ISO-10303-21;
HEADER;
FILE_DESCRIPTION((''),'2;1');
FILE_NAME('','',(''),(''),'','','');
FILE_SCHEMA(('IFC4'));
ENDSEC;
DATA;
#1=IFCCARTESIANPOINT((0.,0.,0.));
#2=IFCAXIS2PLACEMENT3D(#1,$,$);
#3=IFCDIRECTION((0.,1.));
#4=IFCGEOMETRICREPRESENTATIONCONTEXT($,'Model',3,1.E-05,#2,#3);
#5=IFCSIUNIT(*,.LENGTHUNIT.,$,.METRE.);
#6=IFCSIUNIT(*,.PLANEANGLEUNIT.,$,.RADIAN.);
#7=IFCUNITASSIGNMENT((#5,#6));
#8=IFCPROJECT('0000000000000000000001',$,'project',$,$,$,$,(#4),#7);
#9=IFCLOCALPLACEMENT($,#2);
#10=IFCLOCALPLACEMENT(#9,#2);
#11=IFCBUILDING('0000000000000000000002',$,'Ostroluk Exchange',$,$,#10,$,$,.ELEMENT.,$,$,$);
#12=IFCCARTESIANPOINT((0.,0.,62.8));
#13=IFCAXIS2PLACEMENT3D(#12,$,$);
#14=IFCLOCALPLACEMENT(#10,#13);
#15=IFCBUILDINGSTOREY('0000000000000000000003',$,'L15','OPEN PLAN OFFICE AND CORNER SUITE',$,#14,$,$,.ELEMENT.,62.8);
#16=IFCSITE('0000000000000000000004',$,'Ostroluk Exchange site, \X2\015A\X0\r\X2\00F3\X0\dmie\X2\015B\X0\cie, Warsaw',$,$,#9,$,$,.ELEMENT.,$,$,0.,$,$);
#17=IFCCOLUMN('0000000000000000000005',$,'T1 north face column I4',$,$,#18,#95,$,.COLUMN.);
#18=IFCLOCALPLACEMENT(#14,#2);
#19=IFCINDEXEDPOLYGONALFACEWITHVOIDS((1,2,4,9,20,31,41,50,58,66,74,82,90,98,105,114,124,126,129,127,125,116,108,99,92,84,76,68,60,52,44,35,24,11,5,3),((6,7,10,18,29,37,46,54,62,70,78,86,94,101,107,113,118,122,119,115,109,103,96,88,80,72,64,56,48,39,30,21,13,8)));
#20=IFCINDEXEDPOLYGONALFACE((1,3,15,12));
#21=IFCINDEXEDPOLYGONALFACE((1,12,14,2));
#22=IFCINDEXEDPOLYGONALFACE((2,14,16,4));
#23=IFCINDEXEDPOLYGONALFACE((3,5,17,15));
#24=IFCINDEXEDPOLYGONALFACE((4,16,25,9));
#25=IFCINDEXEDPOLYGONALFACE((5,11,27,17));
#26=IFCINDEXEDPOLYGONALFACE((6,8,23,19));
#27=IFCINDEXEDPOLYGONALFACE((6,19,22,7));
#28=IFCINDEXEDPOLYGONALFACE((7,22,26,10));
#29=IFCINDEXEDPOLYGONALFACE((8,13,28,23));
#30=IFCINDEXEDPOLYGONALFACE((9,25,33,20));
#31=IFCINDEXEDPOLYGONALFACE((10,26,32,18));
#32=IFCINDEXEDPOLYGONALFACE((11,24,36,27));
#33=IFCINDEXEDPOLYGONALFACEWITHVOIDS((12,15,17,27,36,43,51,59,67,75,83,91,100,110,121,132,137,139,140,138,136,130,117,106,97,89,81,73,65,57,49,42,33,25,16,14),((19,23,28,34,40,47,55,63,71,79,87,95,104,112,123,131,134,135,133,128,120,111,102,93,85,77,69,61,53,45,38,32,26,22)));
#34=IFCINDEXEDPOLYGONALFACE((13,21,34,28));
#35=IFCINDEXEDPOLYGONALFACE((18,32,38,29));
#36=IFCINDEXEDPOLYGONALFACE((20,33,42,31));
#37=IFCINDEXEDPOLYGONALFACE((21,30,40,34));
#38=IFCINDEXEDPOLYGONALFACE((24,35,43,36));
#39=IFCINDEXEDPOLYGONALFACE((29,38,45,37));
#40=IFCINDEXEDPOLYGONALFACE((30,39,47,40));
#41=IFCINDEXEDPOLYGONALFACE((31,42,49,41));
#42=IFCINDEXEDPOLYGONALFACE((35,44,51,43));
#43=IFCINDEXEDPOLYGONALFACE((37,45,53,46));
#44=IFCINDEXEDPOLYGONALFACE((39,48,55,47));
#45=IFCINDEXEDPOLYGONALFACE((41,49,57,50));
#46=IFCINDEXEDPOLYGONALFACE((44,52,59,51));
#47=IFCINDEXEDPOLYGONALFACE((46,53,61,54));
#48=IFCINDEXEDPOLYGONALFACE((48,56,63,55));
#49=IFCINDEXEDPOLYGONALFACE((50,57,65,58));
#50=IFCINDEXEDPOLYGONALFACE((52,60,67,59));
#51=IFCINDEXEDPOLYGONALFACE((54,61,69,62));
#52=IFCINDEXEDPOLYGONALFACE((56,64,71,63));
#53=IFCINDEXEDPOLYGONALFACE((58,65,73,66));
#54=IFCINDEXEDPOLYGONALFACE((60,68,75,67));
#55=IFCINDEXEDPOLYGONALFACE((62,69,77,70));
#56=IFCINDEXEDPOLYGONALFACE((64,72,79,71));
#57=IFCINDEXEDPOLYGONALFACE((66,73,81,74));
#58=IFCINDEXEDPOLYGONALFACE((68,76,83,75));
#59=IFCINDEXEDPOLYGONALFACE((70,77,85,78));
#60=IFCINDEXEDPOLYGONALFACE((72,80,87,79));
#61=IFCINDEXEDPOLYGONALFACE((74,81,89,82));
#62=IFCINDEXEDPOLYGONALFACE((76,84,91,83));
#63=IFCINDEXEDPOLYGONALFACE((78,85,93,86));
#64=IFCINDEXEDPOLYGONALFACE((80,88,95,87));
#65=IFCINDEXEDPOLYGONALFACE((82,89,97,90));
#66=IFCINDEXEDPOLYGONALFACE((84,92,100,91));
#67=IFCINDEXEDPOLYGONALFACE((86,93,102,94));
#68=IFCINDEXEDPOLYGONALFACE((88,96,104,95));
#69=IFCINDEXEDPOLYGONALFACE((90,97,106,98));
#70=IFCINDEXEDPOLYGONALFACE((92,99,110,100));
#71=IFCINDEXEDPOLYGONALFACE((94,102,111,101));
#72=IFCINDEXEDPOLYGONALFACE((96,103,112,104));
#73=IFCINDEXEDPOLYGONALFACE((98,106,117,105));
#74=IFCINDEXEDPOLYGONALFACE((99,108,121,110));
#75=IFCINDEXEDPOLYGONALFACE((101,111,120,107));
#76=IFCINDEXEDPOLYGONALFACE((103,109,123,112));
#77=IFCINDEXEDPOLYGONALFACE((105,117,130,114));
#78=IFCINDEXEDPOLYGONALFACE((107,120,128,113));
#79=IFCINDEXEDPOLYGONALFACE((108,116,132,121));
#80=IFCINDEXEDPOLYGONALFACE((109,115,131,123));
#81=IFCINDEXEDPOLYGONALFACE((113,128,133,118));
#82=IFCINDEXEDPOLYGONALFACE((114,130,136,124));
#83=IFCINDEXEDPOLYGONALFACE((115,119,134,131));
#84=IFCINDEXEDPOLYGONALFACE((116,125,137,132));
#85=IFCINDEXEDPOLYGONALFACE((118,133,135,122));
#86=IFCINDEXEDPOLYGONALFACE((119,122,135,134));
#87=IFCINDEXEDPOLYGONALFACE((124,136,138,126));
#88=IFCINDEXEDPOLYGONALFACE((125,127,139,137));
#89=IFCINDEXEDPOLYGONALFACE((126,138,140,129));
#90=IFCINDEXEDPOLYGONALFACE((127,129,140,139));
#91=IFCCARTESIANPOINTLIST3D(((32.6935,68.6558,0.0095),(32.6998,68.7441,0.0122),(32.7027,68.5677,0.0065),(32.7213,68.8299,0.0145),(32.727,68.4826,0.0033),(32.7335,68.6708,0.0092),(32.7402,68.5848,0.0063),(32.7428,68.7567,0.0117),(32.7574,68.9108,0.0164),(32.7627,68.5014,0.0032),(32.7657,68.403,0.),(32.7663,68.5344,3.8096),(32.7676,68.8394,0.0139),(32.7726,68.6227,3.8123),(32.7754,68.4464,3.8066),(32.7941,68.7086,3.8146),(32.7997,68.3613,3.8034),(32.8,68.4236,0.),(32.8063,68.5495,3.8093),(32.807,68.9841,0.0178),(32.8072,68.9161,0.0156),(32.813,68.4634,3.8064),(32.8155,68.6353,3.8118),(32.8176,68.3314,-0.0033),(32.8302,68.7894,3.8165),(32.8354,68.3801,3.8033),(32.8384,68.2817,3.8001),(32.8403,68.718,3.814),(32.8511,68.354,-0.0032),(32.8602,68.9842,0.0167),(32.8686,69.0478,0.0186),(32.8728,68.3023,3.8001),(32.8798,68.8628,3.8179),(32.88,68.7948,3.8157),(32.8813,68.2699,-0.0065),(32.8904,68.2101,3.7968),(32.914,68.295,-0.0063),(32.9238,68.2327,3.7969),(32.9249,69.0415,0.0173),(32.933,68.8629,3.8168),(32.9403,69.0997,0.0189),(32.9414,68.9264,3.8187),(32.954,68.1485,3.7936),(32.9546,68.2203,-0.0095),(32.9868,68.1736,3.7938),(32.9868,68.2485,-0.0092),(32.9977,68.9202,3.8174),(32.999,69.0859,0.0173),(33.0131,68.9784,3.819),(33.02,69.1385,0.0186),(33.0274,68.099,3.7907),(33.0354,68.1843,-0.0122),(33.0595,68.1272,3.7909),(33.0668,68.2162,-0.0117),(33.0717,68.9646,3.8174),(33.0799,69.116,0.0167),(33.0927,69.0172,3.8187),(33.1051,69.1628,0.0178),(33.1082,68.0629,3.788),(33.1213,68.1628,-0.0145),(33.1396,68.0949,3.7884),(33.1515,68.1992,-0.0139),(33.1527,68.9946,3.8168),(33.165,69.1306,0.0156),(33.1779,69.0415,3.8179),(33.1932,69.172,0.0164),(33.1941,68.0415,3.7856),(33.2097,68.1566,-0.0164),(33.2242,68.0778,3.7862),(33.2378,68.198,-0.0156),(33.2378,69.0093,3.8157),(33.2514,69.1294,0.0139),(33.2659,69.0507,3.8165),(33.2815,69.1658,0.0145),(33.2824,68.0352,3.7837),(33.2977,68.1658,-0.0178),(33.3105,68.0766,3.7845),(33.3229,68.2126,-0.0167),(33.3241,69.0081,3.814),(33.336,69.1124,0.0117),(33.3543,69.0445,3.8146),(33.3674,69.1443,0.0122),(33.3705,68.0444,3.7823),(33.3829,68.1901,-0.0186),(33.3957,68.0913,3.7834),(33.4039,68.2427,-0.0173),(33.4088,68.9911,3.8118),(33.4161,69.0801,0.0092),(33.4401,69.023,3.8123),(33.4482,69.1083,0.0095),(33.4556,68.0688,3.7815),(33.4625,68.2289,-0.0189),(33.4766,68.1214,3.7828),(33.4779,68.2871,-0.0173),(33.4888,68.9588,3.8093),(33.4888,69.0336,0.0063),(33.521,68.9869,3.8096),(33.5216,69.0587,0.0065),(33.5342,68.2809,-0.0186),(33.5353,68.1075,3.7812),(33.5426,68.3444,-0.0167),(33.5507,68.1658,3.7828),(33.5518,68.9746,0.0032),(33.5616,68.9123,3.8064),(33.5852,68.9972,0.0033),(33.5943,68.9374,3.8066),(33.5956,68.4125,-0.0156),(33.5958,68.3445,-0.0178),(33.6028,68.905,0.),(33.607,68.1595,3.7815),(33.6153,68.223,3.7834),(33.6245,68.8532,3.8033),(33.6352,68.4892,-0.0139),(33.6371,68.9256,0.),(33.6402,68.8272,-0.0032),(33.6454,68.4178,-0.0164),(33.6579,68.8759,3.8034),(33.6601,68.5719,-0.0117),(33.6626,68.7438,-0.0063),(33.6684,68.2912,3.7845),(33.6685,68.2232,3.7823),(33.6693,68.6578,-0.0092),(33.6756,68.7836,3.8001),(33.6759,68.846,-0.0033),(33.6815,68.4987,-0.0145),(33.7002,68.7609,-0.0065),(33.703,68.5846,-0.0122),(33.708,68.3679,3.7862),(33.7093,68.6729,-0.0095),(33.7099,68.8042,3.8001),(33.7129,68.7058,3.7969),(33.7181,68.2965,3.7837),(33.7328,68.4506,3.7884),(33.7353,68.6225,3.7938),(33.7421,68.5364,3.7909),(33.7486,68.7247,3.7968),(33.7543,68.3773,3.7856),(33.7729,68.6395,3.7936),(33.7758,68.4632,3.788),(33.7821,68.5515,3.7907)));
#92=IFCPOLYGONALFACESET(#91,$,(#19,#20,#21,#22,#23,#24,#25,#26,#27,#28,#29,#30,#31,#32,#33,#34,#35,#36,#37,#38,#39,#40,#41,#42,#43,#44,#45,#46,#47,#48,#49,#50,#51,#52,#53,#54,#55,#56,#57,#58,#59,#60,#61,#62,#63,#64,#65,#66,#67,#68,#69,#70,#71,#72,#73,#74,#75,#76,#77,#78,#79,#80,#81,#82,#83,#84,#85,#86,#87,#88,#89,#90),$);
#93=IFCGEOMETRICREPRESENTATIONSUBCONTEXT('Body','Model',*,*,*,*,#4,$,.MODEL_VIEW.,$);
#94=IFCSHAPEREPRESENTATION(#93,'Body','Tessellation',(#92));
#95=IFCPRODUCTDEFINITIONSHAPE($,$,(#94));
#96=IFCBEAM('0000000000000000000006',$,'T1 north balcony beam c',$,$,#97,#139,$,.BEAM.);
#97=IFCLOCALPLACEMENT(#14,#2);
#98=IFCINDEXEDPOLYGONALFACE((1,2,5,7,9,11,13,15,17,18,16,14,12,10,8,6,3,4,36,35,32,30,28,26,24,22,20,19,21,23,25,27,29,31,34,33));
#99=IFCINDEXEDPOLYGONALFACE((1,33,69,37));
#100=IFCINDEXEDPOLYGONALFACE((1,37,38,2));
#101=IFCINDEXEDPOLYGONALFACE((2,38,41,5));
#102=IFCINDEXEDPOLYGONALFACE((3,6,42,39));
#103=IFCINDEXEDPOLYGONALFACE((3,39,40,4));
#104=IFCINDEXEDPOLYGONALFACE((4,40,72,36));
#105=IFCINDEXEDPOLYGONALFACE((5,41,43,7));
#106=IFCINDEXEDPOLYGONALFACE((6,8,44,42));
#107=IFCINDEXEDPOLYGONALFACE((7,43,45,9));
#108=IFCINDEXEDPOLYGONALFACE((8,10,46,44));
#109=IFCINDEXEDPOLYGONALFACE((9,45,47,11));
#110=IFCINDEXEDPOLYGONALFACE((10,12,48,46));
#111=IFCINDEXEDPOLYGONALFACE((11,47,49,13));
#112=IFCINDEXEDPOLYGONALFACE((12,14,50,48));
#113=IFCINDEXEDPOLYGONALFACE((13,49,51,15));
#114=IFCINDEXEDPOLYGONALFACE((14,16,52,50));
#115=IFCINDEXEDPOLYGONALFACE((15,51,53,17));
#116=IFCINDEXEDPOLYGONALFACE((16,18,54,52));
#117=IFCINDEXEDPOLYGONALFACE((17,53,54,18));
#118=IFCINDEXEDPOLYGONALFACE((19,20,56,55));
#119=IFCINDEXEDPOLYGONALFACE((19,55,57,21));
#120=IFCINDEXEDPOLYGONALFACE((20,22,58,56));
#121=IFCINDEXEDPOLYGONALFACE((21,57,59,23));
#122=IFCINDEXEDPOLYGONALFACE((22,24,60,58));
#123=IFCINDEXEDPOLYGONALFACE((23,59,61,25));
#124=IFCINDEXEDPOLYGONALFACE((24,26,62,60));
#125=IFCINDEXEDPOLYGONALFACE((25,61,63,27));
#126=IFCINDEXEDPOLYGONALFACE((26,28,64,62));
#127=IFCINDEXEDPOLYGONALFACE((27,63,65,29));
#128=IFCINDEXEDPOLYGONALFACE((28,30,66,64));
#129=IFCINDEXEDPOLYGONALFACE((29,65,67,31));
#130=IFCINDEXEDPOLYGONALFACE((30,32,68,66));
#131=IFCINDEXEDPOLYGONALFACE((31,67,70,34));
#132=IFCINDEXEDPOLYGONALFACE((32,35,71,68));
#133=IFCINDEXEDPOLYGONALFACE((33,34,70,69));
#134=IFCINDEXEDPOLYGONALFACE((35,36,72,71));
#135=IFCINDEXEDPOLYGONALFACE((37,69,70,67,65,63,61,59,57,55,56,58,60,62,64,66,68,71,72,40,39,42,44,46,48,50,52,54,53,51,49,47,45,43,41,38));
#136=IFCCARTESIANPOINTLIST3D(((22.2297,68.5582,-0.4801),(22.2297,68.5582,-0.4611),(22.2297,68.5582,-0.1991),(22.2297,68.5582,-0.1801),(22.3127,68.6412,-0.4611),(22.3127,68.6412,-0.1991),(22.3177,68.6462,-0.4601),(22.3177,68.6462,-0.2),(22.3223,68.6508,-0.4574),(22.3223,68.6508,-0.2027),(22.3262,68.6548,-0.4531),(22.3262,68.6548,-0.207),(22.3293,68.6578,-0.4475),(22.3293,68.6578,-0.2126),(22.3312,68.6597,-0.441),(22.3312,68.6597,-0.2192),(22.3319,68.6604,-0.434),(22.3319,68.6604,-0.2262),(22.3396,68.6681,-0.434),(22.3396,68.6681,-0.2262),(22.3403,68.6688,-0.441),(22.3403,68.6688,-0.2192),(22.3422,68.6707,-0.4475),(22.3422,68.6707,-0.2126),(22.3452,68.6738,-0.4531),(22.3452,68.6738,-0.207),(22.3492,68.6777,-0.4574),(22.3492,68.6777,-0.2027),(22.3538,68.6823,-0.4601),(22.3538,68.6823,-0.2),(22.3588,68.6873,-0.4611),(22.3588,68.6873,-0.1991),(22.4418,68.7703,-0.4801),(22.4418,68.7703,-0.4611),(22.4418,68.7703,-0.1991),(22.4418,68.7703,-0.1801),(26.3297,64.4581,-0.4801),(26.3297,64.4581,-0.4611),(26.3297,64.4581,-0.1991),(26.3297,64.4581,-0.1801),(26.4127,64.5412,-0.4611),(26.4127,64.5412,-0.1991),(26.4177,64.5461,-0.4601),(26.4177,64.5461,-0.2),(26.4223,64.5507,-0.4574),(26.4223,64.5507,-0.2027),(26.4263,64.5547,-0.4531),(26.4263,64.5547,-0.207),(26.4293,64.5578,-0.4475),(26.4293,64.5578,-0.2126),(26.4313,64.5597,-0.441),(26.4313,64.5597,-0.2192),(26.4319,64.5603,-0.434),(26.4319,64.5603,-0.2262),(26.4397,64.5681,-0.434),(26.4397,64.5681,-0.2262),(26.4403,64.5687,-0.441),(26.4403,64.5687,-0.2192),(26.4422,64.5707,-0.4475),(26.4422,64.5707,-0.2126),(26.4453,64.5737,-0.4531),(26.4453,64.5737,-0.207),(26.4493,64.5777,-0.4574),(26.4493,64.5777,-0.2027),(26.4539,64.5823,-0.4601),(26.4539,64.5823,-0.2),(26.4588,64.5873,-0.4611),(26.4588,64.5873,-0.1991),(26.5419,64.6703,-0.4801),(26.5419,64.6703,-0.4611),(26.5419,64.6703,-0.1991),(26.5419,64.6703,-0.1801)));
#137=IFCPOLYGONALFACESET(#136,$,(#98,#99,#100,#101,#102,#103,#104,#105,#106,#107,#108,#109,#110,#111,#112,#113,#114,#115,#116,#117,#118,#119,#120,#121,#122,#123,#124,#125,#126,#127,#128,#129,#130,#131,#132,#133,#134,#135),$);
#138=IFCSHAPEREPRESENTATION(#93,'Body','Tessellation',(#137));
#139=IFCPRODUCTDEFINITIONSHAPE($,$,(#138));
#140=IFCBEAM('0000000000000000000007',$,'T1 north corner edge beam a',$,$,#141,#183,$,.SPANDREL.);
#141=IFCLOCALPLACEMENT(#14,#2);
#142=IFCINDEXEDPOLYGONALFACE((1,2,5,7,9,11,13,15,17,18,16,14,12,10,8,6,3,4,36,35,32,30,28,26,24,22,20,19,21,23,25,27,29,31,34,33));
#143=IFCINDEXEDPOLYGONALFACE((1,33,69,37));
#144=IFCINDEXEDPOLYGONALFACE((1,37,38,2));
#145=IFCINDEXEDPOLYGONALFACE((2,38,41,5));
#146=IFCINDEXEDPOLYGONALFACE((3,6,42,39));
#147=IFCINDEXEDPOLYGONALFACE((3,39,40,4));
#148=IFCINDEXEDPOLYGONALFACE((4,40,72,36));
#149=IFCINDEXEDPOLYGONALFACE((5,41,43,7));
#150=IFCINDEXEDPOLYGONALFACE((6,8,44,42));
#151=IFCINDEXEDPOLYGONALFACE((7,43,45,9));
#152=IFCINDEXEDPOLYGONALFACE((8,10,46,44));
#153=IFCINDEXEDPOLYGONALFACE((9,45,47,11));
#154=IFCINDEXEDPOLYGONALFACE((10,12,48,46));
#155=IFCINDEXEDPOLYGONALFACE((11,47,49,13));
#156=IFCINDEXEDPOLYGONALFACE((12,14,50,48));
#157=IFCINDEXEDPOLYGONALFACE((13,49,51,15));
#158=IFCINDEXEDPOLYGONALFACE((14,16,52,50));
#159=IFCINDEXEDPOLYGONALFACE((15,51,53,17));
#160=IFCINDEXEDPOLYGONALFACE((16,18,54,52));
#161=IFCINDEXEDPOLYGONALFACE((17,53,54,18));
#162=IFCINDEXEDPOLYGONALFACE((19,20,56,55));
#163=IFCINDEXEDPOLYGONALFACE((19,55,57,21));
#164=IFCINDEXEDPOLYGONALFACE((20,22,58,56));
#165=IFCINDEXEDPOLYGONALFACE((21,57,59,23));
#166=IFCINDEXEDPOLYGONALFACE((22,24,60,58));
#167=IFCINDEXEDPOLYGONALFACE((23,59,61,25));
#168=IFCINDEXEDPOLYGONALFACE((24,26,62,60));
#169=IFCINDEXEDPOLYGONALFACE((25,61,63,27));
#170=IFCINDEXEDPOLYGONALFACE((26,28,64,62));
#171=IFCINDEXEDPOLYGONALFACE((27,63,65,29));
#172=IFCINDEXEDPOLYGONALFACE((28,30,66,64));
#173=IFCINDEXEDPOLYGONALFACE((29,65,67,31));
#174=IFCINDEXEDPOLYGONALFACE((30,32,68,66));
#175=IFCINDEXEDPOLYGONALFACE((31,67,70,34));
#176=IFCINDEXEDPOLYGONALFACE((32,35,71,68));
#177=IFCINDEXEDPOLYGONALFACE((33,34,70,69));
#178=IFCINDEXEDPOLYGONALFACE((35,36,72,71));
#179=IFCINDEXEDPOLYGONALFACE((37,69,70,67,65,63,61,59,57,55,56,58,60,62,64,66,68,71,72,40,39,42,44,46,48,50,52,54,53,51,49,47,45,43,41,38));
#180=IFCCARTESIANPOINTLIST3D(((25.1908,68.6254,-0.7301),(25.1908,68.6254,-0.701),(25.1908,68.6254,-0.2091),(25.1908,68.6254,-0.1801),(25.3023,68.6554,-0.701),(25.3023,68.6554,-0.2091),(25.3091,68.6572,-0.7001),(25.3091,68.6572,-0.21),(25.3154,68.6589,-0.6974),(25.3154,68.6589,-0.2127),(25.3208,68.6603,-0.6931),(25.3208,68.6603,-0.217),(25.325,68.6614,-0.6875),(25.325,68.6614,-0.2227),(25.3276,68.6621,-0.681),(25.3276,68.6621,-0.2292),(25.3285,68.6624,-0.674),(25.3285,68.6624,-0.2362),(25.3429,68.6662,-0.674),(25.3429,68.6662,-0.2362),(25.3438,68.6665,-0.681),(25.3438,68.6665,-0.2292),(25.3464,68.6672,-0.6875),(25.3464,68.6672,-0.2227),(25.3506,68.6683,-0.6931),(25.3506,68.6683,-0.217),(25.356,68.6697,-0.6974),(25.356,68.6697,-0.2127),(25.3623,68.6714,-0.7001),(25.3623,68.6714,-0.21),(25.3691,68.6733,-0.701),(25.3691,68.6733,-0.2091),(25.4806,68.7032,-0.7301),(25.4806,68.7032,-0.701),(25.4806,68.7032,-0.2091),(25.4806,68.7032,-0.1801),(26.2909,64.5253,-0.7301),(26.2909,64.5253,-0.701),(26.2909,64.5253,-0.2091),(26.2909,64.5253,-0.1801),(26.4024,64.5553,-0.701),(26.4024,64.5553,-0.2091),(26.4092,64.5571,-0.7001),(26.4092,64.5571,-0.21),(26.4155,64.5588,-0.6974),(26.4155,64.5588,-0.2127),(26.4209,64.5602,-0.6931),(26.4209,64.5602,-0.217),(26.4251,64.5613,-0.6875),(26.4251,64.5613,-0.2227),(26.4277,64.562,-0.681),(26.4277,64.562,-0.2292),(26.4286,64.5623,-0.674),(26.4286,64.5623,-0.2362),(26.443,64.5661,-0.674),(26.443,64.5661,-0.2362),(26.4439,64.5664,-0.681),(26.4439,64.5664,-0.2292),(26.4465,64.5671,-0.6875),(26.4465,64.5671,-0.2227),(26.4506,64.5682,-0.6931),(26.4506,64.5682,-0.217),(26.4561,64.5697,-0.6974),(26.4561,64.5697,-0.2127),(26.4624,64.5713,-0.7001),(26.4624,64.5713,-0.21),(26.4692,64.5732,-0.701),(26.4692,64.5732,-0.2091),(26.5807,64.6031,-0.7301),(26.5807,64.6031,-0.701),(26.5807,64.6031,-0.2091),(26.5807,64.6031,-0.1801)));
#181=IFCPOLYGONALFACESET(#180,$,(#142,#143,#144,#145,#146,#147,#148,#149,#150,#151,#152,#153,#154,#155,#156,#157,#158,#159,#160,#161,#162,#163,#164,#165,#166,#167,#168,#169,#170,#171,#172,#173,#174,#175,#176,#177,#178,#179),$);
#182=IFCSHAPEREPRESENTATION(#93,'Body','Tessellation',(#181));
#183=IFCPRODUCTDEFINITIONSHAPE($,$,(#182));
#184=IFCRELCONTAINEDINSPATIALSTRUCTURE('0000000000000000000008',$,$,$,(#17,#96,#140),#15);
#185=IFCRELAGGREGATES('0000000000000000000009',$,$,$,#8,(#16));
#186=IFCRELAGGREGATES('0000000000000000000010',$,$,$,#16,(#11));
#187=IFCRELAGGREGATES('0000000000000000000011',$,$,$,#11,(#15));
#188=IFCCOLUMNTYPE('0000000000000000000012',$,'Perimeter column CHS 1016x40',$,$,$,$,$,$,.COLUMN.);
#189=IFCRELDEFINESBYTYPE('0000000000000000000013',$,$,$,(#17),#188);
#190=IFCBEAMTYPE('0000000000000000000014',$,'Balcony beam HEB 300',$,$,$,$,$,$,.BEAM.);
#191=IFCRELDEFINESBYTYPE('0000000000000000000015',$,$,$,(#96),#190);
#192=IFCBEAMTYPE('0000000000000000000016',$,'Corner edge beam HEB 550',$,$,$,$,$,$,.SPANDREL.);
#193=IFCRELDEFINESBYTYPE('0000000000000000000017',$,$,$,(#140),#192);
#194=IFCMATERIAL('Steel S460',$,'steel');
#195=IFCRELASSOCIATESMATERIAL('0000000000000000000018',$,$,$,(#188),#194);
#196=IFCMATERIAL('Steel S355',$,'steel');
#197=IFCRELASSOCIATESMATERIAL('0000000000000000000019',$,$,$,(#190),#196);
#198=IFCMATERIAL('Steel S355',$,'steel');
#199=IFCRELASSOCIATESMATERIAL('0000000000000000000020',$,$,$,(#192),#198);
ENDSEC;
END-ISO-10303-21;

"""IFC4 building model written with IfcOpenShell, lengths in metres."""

from ifc_helpers import new_model, si_unit, direction, frame, origin, origin_2d, place, context, subcontext, project, spatial, hollow_circle, i_section, extrude, material, material_profile, profile_set, type_object, element, save


model = new_model("IFC4")

# Units and contexts
model_context = context("Model", 3, precision=1e-05, world=origin(), true_north=direction((0.0, 1.0)))
body_context = subcontext(model_context, "Body", "Model", "MODEL_VIEW")
ifc_project = project(units=[si_unit("LENGTHUNIT", "METRE"), si_unit("PLANEANGLEUNIT", "RADIAN")], contexts=[model_context])

# Site, building, storey
site_placement = place(None, origin())
site = spatial("IfcSite", under=ifc_project, at=site_placement, Name="Ostroluk Exchange site, Śródmieście, Warsaw", CompositionType="ELEMENT", RefElevation=0.0)
building_placement = place(site_placement, origin())
building = spatial("IfcBuilding", under=site, at=building_placement, Name="Ostroluk Exchange", CompositionType="ELEMENT")
storey_placement = place(building_placement, frame((0.0, 0.0, 62.8)))
storey = spatial("IfcBuildingStorey", under=building, at=storey_placement, Name="L15", Description="OPEN PLAN OFFICE AND CORNER SUITE", CompositionType="ELEMENT", Elevation=62.8)

# Column
ifc_material_1 = material(Name="Steel S460", Category="steel")
ifc_material_profile_1 = material_profile(ifc_material_1, hollow_circle(Radius=0.5081, WallThickness=0.04, at=origin_2d()), Name="CHS 1016x40")
ifc_profile_set_1 = profile_set([ifc_material_profile_1], Name="Steel S460")
column_type = type_object("IfcColumnType", Name="Perimeter column CHS 1016x40", PredefinedType="COLUMN", material=ifc_profile_set_1)
column_placement = place(storey_placement, frame((33.2014, 68.6643, 0.0), z_axis=(0.019132, -0.031909, 0.999308), x_axis=(0.857645, 0.514242, 0.0)))
element("IfcColumn", 1, at=column_placement, inside=storey, type_object=column_type, Name="T1 north face column I4", PredefinedType="COLUMN", context=body_context, shape_type="SweptSolid", body=[
    extrude(hollow_circle(Radius=0.5081, WallThickness=0.04, at=origin_2d()), origin(), (0.0, 0.0, 1.0), 3.8027),
])

# Beams
ifc_material_2 = material(Name="Steel S355", Category="steel")
ifc_material_profile_2 = material_profile(ifc_material_2, i_section(OverallWidth=0.3, OverallDepth=0.3, WebThickness=0.011, FlangeThickness=0.019, FilletRadius=0.0271, at=origin_2d()), Name="HEB 300")
ifc_profile_set_2 = profile_set([ifc_material_profile_2], Name="Steel S355")
beam_type_1 = type_object("IfcBeamType", Name="Balcony beam HEB 300", PredefinedType="BEAM", material=ifc_profile_set_2)
beam_1_placement = place(storey_placement, frame((26.4358, 64.5642, -0.3301), z_axis=(-0.707107, 0.707107, 0.0), x_axis=(-0.707107, -0.707107, 0.0)))
element("IfcBeam", 2, at=beam_1_placement, inside=storey, type_object=beam_type_1, Name="T1 north balcony beam c", PredefinedType="BEAM", context=body_context, shape_type="SweptSolid", body=[
    extrude(i_section(OverallWidth=0.3, OverallDepth=0.3, WebThickness=0.011, FlangeThickness=0.019, FilletRadius=0.0271, at=origin_2d()), origin(), (0.0, 0.0, 1.0), 5.7983),
])
ifc_material_3 = material(Name="Steel S355", Category="steel")
ifc_material_profile_3 = material_profile(ifc_material_3, i_section(OverallWidth=0.3, OverallDepth=0.55, WebThickness=0.0149, FlangeThickness=0.0291, FilletRadius=0.0271, at=origin_2d()), Name="HEB 550")
ifc_profile_set_3 = profile_set([ifc_material_profile_3], Name="Steel S355")
beam_type_2 = type_object("IfcBeamType", Name="Corner edge beam HEB 550", PredefinedType="SPANDREL", material=ifc_profile_set_3)
for number, where, z_axis, x_axis, name in (
    (3, (26.4358, 64.5642, -0.4551), (-0.259144, 0.965839, 0.0), (-0.965839, -0.259144, 0.0), "T1 north corner edge beam a"),
):
    element("IfcBeam", number, at=place(storey_placement, frame(where, z_axis=z_axis, x_axis=x_axis)), inside=storey, type_object=beam_type_2, Name=name, PredefinedType="SPANDREL", context=body_context, shape_type="SweptSolid", body=[
        extrude(i_section(OverallWidth=0.3, OverallDepth=0.55, WebThickness=0.0149, FlangeThickness=0.0291, FilletRadius=0.0271, at=origin_2d()), origin(), (0.0, 0.0, 1.0), 4.2451),
    ])

save(model, "model.ifc")
